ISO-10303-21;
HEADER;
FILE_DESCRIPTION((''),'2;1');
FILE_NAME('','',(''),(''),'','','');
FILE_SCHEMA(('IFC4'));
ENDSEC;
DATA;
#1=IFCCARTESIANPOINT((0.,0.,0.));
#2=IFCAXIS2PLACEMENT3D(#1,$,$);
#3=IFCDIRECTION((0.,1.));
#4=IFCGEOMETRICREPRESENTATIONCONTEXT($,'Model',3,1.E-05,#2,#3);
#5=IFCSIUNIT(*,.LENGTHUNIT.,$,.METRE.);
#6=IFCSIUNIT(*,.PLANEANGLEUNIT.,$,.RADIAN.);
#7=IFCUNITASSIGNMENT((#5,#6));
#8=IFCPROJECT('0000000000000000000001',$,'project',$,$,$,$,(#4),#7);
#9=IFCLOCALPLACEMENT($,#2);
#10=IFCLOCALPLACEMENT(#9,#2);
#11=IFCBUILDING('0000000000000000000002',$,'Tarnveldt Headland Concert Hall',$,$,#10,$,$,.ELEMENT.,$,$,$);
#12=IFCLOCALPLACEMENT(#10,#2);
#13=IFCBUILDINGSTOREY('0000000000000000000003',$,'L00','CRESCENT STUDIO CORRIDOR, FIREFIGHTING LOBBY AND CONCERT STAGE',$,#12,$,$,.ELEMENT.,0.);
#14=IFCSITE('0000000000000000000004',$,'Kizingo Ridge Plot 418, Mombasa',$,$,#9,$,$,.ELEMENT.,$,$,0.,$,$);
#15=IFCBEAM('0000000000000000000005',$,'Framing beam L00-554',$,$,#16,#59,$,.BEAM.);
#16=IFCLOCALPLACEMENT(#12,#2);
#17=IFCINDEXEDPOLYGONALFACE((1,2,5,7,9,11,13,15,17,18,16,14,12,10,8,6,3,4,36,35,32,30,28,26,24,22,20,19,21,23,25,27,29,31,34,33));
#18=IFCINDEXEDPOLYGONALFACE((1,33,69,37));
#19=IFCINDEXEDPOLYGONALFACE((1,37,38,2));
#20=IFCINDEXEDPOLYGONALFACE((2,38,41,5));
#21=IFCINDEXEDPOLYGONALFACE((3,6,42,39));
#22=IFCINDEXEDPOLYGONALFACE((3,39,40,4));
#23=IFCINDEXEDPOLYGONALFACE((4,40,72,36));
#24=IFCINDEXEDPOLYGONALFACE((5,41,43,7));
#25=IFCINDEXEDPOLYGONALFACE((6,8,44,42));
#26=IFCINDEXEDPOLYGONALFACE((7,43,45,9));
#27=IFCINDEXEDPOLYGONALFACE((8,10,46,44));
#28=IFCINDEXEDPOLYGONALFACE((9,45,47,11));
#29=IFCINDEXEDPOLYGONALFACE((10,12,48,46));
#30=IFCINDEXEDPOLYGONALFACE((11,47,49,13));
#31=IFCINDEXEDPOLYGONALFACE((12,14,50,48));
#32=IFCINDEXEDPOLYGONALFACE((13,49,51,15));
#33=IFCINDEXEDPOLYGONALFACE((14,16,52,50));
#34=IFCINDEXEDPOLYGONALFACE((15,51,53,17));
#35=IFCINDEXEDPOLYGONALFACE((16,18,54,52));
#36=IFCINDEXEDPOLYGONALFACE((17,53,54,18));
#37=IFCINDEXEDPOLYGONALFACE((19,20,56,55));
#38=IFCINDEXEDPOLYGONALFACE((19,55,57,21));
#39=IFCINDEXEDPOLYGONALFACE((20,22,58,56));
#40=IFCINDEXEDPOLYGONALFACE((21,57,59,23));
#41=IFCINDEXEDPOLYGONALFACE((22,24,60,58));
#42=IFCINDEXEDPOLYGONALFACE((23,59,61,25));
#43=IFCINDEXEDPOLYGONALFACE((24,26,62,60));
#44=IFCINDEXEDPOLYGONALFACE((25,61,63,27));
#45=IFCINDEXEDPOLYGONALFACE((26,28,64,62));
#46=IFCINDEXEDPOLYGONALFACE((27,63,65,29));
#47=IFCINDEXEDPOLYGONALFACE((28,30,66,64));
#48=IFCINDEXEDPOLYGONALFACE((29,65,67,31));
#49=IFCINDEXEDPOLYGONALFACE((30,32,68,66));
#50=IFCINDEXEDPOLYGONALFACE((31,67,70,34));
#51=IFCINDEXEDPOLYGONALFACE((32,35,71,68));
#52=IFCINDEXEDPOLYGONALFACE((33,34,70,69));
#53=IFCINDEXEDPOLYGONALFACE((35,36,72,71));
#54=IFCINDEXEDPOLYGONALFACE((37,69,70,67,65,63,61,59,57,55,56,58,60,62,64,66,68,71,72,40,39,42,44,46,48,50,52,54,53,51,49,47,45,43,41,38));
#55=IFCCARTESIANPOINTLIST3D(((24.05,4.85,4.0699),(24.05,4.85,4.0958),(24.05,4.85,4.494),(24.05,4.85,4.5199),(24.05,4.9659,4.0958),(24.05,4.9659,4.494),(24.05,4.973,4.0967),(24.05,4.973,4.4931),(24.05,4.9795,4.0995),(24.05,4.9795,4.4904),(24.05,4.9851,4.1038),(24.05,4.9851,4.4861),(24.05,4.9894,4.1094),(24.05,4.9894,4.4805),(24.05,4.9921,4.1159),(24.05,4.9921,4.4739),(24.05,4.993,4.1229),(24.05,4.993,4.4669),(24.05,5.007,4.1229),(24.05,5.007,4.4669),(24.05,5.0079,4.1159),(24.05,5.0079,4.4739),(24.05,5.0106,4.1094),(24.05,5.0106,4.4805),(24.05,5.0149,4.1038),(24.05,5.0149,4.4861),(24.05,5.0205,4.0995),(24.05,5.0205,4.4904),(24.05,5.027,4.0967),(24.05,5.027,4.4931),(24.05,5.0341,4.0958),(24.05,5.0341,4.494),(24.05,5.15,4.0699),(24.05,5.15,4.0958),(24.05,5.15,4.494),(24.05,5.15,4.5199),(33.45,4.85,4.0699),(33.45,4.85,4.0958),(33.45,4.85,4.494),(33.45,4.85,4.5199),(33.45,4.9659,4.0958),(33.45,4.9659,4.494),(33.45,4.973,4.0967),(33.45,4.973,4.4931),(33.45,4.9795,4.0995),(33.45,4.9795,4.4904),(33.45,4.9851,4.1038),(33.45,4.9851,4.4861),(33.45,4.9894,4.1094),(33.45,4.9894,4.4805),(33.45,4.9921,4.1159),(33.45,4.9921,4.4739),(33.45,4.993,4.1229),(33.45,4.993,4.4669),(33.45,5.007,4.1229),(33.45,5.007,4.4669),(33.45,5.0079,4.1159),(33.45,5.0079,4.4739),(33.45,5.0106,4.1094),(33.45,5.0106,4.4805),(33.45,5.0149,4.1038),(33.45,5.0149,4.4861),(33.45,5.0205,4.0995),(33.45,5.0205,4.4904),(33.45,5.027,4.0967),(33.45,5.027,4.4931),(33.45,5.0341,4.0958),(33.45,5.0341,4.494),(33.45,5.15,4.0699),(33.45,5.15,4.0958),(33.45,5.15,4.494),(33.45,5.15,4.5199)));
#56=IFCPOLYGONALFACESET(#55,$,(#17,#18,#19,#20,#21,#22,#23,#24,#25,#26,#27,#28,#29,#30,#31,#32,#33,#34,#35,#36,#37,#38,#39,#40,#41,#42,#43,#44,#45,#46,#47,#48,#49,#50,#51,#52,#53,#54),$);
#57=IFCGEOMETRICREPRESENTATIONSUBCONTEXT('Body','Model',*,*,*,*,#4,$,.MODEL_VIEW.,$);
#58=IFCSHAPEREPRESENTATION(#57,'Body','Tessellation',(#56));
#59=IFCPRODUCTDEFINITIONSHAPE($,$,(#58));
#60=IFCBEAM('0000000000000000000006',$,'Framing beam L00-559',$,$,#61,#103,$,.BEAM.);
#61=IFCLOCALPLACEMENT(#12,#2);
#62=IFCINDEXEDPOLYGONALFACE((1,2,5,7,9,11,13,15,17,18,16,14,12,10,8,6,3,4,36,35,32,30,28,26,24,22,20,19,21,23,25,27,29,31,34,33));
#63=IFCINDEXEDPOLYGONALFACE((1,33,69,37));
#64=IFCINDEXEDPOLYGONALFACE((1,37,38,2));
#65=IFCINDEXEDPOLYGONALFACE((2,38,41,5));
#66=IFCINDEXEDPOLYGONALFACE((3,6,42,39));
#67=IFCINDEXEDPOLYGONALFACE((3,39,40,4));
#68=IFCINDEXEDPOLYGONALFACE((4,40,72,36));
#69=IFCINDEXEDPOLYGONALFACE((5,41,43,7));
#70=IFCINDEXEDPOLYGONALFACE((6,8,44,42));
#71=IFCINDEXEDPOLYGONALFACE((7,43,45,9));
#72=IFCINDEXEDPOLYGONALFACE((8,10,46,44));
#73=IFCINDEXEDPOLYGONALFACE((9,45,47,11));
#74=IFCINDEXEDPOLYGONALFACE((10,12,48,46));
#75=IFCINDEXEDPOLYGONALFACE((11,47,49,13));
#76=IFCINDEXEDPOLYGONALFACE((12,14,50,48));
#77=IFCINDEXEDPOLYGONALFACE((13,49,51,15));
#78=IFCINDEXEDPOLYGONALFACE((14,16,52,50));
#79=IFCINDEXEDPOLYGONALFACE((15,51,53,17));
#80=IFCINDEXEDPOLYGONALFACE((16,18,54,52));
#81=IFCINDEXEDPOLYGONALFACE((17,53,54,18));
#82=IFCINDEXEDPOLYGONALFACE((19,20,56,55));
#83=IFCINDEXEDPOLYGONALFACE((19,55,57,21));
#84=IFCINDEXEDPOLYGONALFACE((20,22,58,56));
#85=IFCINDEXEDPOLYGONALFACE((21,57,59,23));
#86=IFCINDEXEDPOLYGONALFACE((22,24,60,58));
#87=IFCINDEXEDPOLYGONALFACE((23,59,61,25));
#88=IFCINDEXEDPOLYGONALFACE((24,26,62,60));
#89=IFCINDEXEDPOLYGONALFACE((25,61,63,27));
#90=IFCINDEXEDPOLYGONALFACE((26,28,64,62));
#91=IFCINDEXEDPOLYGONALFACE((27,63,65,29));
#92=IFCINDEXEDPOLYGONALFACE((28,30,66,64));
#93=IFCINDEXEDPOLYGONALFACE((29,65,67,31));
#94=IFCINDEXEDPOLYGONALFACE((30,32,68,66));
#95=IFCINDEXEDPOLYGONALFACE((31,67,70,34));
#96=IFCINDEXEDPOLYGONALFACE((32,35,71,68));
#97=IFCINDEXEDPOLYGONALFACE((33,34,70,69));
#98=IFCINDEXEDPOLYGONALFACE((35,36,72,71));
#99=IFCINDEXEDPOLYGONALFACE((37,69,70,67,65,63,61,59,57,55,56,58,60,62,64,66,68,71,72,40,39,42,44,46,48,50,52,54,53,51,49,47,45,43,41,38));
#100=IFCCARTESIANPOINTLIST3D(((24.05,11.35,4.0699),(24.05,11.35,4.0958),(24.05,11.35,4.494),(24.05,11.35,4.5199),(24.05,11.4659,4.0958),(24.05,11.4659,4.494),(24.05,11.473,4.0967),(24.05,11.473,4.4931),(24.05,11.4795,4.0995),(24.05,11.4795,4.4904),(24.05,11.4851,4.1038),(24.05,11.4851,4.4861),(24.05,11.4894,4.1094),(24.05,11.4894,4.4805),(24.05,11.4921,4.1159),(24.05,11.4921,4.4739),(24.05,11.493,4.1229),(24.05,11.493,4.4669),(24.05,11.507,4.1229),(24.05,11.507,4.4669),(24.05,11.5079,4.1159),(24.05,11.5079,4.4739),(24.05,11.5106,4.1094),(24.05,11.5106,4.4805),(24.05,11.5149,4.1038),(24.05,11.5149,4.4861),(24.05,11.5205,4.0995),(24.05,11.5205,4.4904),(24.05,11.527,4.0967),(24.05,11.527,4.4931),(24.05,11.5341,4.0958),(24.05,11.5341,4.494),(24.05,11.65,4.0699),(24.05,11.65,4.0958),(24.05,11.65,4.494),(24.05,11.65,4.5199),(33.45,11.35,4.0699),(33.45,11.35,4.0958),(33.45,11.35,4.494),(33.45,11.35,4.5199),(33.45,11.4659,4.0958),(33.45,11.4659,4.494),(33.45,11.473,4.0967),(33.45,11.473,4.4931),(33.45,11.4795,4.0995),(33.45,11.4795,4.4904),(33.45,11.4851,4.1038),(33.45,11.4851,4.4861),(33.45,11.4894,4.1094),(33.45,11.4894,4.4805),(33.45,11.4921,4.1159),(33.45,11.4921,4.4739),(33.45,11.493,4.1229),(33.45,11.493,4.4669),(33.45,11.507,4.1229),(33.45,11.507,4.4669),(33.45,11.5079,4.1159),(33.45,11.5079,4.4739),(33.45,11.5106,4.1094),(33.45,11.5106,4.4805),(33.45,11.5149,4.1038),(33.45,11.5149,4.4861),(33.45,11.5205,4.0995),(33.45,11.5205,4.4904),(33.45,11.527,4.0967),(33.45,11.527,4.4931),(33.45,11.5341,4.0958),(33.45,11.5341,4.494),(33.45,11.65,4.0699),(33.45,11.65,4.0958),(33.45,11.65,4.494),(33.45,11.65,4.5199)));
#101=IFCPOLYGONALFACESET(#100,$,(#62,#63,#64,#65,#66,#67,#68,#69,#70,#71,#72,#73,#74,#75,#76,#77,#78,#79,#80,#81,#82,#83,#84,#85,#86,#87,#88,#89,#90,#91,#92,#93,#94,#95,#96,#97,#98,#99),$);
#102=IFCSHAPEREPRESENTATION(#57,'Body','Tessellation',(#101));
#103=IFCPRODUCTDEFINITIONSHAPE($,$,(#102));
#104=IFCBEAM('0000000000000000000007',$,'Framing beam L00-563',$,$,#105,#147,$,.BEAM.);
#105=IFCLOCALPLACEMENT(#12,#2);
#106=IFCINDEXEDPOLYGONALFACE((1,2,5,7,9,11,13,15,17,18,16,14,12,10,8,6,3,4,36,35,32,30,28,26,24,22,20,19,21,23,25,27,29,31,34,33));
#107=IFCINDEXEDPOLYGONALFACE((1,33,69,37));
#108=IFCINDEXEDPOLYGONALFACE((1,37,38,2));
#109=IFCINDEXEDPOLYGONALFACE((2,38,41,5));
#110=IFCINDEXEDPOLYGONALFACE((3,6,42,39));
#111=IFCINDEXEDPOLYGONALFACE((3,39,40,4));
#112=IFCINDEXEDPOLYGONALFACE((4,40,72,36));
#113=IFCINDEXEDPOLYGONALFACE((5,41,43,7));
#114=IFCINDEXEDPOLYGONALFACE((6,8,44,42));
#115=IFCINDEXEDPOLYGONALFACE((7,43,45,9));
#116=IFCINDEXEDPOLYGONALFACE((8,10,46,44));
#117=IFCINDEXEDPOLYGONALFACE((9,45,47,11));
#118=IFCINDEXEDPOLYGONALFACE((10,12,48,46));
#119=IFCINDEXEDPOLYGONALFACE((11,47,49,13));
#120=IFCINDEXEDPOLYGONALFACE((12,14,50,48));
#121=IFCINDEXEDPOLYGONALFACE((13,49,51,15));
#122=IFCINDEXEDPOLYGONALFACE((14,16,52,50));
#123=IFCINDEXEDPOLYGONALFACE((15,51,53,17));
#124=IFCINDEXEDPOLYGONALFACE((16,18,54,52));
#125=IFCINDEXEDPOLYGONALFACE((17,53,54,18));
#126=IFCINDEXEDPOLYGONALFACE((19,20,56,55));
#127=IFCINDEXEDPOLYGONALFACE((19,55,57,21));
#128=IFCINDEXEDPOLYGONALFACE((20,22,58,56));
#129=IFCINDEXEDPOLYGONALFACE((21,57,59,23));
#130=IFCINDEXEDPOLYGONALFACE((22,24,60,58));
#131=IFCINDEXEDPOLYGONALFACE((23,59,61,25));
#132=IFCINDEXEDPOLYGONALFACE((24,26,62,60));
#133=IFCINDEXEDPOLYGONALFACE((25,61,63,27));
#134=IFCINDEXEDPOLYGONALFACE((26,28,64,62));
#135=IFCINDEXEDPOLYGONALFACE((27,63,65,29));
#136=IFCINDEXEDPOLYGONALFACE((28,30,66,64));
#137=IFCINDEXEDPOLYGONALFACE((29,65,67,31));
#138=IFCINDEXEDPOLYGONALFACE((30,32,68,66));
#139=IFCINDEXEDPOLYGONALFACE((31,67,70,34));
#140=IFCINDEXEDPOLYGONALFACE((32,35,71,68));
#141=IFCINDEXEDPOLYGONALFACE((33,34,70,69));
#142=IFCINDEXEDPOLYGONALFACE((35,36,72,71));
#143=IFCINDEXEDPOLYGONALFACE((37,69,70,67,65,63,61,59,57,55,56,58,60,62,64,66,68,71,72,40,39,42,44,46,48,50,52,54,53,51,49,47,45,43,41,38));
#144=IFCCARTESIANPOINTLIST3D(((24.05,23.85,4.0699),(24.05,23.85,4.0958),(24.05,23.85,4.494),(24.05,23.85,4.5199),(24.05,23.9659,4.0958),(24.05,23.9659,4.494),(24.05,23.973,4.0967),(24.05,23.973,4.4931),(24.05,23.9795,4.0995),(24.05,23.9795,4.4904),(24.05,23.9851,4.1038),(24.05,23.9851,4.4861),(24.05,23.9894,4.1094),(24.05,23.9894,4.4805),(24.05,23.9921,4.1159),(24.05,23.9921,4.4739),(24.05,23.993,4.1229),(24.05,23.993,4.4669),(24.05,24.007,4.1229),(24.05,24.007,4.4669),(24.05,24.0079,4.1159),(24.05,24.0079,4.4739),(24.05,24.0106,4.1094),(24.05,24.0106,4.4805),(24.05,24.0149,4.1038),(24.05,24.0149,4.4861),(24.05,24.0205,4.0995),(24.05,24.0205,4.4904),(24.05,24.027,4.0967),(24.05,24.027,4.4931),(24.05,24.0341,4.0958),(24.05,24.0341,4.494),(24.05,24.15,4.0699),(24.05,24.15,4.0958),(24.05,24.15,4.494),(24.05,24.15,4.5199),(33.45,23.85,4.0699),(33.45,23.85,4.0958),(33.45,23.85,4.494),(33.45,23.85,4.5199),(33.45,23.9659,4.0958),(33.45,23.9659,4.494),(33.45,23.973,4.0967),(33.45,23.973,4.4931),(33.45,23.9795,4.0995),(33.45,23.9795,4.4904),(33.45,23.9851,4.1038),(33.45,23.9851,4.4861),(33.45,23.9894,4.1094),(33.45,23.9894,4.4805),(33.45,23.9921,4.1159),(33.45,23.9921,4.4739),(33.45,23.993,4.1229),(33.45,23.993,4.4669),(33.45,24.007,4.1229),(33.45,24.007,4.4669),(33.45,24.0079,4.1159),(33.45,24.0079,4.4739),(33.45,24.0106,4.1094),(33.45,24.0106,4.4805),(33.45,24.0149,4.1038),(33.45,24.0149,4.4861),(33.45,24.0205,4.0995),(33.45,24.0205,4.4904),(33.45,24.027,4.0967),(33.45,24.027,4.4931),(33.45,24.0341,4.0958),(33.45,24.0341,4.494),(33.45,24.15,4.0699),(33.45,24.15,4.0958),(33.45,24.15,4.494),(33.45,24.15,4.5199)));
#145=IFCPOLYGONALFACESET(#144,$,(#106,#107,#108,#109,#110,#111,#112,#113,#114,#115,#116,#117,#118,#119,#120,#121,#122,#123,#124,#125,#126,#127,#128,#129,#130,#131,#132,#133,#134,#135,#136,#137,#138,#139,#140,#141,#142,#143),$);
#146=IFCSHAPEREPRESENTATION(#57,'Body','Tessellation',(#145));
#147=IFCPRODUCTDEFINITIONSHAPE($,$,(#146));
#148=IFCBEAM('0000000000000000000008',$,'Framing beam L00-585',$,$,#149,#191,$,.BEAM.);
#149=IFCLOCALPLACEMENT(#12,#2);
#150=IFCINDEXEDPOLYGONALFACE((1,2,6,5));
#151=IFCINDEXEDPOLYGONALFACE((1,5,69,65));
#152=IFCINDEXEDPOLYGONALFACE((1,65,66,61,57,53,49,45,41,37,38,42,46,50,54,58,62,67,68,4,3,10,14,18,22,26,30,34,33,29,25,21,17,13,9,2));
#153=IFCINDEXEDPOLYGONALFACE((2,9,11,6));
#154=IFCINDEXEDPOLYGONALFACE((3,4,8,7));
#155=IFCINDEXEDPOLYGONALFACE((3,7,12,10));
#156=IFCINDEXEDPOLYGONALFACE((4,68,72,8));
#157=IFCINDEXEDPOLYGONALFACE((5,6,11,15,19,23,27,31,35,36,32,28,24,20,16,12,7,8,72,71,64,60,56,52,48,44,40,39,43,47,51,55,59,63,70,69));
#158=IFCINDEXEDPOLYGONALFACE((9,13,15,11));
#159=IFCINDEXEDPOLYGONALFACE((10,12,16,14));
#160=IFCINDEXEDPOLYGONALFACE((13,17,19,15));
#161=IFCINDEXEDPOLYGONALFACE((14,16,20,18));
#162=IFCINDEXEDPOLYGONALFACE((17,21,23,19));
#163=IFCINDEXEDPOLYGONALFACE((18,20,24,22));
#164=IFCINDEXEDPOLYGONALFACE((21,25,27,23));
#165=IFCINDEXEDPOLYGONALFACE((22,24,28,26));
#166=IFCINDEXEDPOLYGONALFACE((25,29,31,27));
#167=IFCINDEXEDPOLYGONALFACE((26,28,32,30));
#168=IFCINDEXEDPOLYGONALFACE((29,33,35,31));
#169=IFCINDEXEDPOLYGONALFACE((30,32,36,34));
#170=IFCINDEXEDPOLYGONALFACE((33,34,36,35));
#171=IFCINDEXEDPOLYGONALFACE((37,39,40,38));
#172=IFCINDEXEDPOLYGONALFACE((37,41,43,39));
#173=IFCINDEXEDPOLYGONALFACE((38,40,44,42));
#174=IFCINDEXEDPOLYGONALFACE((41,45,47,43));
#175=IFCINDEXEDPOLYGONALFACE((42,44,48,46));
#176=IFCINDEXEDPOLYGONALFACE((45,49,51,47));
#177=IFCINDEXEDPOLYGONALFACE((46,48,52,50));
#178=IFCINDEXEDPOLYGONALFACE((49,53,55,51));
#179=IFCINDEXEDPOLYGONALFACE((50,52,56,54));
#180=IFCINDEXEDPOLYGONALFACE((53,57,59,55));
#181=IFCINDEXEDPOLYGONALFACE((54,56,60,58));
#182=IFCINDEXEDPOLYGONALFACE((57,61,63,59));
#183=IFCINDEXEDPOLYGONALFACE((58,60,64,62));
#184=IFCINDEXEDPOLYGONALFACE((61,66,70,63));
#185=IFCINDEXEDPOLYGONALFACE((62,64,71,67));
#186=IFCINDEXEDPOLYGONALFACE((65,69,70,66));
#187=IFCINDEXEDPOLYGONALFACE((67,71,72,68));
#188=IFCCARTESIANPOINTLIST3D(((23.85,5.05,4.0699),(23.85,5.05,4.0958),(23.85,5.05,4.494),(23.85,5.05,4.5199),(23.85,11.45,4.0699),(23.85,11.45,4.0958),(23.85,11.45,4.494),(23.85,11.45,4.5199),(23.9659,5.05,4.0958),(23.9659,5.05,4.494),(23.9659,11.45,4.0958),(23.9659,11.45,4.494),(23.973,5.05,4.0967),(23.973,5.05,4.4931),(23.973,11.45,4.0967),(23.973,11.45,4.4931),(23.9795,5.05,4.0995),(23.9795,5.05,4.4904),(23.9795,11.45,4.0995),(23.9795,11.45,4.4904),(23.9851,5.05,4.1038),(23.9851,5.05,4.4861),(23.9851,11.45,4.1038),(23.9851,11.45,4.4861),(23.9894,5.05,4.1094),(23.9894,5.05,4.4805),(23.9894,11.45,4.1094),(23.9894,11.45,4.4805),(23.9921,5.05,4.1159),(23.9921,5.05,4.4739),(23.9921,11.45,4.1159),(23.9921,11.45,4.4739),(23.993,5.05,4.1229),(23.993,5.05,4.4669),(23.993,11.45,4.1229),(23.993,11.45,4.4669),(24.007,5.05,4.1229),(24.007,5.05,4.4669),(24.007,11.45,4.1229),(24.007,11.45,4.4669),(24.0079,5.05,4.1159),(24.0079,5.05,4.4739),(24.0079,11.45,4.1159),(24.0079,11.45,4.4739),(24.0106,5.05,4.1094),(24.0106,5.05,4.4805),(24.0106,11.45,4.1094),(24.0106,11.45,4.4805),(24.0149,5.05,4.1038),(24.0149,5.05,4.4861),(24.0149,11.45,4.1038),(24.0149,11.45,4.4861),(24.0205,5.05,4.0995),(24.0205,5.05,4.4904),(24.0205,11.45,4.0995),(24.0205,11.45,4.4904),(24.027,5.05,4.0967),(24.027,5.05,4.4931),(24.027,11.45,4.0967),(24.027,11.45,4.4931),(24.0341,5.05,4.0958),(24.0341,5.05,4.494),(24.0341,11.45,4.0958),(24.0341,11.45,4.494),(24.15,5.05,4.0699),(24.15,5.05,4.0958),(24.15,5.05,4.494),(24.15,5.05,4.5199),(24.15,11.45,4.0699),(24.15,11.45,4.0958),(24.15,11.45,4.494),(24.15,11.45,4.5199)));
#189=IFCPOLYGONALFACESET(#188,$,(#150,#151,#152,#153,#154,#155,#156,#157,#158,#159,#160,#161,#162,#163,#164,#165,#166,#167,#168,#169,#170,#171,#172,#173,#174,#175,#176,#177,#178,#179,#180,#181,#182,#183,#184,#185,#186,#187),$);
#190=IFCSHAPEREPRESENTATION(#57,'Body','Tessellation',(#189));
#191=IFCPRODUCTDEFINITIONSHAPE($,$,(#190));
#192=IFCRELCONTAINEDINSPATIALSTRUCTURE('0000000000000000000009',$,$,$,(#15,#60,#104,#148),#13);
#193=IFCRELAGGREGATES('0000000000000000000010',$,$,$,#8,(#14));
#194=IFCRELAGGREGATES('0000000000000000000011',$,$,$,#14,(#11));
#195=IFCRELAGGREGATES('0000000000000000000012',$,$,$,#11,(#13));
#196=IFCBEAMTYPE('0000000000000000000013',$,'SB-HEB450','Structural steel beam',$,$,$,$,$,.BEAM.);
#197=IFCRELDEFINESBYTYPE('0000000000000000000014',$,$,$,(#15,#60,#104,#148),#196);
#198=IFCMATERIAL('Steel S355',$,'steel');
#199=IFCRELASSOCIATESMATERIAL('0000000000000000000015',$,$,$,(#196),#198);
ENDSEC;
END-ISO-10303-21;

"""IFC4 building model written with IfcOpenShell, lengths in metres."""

from ifc_helpers import new_model, si_unit, direction, frame, origin, origin_2d, place, context, subcontext, project, spatial, i_section, extrude, material, material_profile, profile_set, type_object, element, save


model = new_model("IFC4")

# Units and contexts
model_context = context("Model", 3, precision=1e-05, world=origin(), true_north=direction((0.0, 1.0)))
body_context = subcontext(model_context, "Body", "Model", "MODEL_VIEW")
ifc_project = project(units=[si_unit("LENGTHUNIT", "METRE"), si_unit("PLANEANGLEUNIT", "RADIAN")], contexts=[model_context])

# Site, building, storey
site_placement = place(None, origin())
site = spatial("IfcSite", under=ifc_project, at=site_placement, Name="Kizingo Ridge Plot 418, Mombasa", CompositionType="ELEMENT", RefElevation=0.0)
building_placement = place(site_placement, origin())
building = spatial("IfcBuilding", under=site, at=building_placement, Name="Tarnveldt Headland Concert Hall", CompositionType="ELEMENT")
storey_placement = place(building_placement, origin())
storey = spatial("IfcBuildingStorey", under=building, at=storey_placement, Name="L00", Description="CRESCENT STUDIO CORRIDOR, FIREFIGHTING LOBBY AND CONCERT STAGE", CompositionType="ELEMENT", Elevation=0.0)

# Shared definitions
ifc_material_1 = material(Name="Steel S355", Category="steel")

# Beams
ifc_material_profile_1 = material_profile(ifc_material_1, i_section(OverallWidth=0.3, OverallDepth=0.45, WebThickness=0.0139, FlangeThickness=0.0259, FilletRadius=0.0271, at=origin_2d()), Name="HEB450", Category="steel")
ifc_profile_set_1 = profile_set([ifc_material_profile_1], Name="Steel S355")
beam_type_1 = type_object("IfcBeamType", Name="SB-HEB450", Description="Structural steel beam", PredefinedType="BEAM", material=ifc_profile_set_1)
for number, where, z_axis, x_axis, name in (
    (1, (24.05, 5.0, 4.2949), (1.0, 0.0, 0.0), (0.0, 1.0, 0.0), "Framing beam L00-554"),
    (2, (24.05, 11.5, 4.2949), (1.0, 0.0, 0.0), (0.0, 1.0, 0.0), "Framing beam L00-559"),
    (3, (24.05, 24.0, 4.2949), (1.0, 0.0, 0.0), (0.0, 1.0, 0.0), "Framing beam L00-563"),
):
    element("IfcBeam", number, at=place(storey_placement, frame(where, z_axis=z_axis, x_axis=x_axis)), inside=storey, type_object=beam_type_1, Name=name, PredefinedType="BEAM", context=body_context, shape_type="SweptSolid", body=[
        extrude(i_section(OverallWidth=0.3, OverallDepth=0.45, WebThickness=0.0139, FlangeThickness=0.0259, FilletRadius=0.0271, at=origin_2d()), origin(), (0.0, 0.0, 1.0), 9.3999),
    ])
beam_1_placement = place(storey_placement, frame((24.0, 5.05, 4.2949), z_axis=(0.0, 1.0, 0.0), x_axis=(-1.0, 0.0, 0.0)))
element("IfcBeam", 4, at=beam_1_placement, inside=storey, type_object=beam_type_1, Name="Framing beam L00-585", PredefinedType="BEAM", context=body_context, shape_type="SweptSolid", body=[
    extrude(i_section(OverallWidth=0.3, OverallDepth=0.45, WebThickness=0.0139, FlangeThickness=0.0259, FilletRadius=0.0271, at=origin_2d()), origin(), (0.0, 0.0, 1.0), 6.3999),
])

save(model, "model.ifc")
